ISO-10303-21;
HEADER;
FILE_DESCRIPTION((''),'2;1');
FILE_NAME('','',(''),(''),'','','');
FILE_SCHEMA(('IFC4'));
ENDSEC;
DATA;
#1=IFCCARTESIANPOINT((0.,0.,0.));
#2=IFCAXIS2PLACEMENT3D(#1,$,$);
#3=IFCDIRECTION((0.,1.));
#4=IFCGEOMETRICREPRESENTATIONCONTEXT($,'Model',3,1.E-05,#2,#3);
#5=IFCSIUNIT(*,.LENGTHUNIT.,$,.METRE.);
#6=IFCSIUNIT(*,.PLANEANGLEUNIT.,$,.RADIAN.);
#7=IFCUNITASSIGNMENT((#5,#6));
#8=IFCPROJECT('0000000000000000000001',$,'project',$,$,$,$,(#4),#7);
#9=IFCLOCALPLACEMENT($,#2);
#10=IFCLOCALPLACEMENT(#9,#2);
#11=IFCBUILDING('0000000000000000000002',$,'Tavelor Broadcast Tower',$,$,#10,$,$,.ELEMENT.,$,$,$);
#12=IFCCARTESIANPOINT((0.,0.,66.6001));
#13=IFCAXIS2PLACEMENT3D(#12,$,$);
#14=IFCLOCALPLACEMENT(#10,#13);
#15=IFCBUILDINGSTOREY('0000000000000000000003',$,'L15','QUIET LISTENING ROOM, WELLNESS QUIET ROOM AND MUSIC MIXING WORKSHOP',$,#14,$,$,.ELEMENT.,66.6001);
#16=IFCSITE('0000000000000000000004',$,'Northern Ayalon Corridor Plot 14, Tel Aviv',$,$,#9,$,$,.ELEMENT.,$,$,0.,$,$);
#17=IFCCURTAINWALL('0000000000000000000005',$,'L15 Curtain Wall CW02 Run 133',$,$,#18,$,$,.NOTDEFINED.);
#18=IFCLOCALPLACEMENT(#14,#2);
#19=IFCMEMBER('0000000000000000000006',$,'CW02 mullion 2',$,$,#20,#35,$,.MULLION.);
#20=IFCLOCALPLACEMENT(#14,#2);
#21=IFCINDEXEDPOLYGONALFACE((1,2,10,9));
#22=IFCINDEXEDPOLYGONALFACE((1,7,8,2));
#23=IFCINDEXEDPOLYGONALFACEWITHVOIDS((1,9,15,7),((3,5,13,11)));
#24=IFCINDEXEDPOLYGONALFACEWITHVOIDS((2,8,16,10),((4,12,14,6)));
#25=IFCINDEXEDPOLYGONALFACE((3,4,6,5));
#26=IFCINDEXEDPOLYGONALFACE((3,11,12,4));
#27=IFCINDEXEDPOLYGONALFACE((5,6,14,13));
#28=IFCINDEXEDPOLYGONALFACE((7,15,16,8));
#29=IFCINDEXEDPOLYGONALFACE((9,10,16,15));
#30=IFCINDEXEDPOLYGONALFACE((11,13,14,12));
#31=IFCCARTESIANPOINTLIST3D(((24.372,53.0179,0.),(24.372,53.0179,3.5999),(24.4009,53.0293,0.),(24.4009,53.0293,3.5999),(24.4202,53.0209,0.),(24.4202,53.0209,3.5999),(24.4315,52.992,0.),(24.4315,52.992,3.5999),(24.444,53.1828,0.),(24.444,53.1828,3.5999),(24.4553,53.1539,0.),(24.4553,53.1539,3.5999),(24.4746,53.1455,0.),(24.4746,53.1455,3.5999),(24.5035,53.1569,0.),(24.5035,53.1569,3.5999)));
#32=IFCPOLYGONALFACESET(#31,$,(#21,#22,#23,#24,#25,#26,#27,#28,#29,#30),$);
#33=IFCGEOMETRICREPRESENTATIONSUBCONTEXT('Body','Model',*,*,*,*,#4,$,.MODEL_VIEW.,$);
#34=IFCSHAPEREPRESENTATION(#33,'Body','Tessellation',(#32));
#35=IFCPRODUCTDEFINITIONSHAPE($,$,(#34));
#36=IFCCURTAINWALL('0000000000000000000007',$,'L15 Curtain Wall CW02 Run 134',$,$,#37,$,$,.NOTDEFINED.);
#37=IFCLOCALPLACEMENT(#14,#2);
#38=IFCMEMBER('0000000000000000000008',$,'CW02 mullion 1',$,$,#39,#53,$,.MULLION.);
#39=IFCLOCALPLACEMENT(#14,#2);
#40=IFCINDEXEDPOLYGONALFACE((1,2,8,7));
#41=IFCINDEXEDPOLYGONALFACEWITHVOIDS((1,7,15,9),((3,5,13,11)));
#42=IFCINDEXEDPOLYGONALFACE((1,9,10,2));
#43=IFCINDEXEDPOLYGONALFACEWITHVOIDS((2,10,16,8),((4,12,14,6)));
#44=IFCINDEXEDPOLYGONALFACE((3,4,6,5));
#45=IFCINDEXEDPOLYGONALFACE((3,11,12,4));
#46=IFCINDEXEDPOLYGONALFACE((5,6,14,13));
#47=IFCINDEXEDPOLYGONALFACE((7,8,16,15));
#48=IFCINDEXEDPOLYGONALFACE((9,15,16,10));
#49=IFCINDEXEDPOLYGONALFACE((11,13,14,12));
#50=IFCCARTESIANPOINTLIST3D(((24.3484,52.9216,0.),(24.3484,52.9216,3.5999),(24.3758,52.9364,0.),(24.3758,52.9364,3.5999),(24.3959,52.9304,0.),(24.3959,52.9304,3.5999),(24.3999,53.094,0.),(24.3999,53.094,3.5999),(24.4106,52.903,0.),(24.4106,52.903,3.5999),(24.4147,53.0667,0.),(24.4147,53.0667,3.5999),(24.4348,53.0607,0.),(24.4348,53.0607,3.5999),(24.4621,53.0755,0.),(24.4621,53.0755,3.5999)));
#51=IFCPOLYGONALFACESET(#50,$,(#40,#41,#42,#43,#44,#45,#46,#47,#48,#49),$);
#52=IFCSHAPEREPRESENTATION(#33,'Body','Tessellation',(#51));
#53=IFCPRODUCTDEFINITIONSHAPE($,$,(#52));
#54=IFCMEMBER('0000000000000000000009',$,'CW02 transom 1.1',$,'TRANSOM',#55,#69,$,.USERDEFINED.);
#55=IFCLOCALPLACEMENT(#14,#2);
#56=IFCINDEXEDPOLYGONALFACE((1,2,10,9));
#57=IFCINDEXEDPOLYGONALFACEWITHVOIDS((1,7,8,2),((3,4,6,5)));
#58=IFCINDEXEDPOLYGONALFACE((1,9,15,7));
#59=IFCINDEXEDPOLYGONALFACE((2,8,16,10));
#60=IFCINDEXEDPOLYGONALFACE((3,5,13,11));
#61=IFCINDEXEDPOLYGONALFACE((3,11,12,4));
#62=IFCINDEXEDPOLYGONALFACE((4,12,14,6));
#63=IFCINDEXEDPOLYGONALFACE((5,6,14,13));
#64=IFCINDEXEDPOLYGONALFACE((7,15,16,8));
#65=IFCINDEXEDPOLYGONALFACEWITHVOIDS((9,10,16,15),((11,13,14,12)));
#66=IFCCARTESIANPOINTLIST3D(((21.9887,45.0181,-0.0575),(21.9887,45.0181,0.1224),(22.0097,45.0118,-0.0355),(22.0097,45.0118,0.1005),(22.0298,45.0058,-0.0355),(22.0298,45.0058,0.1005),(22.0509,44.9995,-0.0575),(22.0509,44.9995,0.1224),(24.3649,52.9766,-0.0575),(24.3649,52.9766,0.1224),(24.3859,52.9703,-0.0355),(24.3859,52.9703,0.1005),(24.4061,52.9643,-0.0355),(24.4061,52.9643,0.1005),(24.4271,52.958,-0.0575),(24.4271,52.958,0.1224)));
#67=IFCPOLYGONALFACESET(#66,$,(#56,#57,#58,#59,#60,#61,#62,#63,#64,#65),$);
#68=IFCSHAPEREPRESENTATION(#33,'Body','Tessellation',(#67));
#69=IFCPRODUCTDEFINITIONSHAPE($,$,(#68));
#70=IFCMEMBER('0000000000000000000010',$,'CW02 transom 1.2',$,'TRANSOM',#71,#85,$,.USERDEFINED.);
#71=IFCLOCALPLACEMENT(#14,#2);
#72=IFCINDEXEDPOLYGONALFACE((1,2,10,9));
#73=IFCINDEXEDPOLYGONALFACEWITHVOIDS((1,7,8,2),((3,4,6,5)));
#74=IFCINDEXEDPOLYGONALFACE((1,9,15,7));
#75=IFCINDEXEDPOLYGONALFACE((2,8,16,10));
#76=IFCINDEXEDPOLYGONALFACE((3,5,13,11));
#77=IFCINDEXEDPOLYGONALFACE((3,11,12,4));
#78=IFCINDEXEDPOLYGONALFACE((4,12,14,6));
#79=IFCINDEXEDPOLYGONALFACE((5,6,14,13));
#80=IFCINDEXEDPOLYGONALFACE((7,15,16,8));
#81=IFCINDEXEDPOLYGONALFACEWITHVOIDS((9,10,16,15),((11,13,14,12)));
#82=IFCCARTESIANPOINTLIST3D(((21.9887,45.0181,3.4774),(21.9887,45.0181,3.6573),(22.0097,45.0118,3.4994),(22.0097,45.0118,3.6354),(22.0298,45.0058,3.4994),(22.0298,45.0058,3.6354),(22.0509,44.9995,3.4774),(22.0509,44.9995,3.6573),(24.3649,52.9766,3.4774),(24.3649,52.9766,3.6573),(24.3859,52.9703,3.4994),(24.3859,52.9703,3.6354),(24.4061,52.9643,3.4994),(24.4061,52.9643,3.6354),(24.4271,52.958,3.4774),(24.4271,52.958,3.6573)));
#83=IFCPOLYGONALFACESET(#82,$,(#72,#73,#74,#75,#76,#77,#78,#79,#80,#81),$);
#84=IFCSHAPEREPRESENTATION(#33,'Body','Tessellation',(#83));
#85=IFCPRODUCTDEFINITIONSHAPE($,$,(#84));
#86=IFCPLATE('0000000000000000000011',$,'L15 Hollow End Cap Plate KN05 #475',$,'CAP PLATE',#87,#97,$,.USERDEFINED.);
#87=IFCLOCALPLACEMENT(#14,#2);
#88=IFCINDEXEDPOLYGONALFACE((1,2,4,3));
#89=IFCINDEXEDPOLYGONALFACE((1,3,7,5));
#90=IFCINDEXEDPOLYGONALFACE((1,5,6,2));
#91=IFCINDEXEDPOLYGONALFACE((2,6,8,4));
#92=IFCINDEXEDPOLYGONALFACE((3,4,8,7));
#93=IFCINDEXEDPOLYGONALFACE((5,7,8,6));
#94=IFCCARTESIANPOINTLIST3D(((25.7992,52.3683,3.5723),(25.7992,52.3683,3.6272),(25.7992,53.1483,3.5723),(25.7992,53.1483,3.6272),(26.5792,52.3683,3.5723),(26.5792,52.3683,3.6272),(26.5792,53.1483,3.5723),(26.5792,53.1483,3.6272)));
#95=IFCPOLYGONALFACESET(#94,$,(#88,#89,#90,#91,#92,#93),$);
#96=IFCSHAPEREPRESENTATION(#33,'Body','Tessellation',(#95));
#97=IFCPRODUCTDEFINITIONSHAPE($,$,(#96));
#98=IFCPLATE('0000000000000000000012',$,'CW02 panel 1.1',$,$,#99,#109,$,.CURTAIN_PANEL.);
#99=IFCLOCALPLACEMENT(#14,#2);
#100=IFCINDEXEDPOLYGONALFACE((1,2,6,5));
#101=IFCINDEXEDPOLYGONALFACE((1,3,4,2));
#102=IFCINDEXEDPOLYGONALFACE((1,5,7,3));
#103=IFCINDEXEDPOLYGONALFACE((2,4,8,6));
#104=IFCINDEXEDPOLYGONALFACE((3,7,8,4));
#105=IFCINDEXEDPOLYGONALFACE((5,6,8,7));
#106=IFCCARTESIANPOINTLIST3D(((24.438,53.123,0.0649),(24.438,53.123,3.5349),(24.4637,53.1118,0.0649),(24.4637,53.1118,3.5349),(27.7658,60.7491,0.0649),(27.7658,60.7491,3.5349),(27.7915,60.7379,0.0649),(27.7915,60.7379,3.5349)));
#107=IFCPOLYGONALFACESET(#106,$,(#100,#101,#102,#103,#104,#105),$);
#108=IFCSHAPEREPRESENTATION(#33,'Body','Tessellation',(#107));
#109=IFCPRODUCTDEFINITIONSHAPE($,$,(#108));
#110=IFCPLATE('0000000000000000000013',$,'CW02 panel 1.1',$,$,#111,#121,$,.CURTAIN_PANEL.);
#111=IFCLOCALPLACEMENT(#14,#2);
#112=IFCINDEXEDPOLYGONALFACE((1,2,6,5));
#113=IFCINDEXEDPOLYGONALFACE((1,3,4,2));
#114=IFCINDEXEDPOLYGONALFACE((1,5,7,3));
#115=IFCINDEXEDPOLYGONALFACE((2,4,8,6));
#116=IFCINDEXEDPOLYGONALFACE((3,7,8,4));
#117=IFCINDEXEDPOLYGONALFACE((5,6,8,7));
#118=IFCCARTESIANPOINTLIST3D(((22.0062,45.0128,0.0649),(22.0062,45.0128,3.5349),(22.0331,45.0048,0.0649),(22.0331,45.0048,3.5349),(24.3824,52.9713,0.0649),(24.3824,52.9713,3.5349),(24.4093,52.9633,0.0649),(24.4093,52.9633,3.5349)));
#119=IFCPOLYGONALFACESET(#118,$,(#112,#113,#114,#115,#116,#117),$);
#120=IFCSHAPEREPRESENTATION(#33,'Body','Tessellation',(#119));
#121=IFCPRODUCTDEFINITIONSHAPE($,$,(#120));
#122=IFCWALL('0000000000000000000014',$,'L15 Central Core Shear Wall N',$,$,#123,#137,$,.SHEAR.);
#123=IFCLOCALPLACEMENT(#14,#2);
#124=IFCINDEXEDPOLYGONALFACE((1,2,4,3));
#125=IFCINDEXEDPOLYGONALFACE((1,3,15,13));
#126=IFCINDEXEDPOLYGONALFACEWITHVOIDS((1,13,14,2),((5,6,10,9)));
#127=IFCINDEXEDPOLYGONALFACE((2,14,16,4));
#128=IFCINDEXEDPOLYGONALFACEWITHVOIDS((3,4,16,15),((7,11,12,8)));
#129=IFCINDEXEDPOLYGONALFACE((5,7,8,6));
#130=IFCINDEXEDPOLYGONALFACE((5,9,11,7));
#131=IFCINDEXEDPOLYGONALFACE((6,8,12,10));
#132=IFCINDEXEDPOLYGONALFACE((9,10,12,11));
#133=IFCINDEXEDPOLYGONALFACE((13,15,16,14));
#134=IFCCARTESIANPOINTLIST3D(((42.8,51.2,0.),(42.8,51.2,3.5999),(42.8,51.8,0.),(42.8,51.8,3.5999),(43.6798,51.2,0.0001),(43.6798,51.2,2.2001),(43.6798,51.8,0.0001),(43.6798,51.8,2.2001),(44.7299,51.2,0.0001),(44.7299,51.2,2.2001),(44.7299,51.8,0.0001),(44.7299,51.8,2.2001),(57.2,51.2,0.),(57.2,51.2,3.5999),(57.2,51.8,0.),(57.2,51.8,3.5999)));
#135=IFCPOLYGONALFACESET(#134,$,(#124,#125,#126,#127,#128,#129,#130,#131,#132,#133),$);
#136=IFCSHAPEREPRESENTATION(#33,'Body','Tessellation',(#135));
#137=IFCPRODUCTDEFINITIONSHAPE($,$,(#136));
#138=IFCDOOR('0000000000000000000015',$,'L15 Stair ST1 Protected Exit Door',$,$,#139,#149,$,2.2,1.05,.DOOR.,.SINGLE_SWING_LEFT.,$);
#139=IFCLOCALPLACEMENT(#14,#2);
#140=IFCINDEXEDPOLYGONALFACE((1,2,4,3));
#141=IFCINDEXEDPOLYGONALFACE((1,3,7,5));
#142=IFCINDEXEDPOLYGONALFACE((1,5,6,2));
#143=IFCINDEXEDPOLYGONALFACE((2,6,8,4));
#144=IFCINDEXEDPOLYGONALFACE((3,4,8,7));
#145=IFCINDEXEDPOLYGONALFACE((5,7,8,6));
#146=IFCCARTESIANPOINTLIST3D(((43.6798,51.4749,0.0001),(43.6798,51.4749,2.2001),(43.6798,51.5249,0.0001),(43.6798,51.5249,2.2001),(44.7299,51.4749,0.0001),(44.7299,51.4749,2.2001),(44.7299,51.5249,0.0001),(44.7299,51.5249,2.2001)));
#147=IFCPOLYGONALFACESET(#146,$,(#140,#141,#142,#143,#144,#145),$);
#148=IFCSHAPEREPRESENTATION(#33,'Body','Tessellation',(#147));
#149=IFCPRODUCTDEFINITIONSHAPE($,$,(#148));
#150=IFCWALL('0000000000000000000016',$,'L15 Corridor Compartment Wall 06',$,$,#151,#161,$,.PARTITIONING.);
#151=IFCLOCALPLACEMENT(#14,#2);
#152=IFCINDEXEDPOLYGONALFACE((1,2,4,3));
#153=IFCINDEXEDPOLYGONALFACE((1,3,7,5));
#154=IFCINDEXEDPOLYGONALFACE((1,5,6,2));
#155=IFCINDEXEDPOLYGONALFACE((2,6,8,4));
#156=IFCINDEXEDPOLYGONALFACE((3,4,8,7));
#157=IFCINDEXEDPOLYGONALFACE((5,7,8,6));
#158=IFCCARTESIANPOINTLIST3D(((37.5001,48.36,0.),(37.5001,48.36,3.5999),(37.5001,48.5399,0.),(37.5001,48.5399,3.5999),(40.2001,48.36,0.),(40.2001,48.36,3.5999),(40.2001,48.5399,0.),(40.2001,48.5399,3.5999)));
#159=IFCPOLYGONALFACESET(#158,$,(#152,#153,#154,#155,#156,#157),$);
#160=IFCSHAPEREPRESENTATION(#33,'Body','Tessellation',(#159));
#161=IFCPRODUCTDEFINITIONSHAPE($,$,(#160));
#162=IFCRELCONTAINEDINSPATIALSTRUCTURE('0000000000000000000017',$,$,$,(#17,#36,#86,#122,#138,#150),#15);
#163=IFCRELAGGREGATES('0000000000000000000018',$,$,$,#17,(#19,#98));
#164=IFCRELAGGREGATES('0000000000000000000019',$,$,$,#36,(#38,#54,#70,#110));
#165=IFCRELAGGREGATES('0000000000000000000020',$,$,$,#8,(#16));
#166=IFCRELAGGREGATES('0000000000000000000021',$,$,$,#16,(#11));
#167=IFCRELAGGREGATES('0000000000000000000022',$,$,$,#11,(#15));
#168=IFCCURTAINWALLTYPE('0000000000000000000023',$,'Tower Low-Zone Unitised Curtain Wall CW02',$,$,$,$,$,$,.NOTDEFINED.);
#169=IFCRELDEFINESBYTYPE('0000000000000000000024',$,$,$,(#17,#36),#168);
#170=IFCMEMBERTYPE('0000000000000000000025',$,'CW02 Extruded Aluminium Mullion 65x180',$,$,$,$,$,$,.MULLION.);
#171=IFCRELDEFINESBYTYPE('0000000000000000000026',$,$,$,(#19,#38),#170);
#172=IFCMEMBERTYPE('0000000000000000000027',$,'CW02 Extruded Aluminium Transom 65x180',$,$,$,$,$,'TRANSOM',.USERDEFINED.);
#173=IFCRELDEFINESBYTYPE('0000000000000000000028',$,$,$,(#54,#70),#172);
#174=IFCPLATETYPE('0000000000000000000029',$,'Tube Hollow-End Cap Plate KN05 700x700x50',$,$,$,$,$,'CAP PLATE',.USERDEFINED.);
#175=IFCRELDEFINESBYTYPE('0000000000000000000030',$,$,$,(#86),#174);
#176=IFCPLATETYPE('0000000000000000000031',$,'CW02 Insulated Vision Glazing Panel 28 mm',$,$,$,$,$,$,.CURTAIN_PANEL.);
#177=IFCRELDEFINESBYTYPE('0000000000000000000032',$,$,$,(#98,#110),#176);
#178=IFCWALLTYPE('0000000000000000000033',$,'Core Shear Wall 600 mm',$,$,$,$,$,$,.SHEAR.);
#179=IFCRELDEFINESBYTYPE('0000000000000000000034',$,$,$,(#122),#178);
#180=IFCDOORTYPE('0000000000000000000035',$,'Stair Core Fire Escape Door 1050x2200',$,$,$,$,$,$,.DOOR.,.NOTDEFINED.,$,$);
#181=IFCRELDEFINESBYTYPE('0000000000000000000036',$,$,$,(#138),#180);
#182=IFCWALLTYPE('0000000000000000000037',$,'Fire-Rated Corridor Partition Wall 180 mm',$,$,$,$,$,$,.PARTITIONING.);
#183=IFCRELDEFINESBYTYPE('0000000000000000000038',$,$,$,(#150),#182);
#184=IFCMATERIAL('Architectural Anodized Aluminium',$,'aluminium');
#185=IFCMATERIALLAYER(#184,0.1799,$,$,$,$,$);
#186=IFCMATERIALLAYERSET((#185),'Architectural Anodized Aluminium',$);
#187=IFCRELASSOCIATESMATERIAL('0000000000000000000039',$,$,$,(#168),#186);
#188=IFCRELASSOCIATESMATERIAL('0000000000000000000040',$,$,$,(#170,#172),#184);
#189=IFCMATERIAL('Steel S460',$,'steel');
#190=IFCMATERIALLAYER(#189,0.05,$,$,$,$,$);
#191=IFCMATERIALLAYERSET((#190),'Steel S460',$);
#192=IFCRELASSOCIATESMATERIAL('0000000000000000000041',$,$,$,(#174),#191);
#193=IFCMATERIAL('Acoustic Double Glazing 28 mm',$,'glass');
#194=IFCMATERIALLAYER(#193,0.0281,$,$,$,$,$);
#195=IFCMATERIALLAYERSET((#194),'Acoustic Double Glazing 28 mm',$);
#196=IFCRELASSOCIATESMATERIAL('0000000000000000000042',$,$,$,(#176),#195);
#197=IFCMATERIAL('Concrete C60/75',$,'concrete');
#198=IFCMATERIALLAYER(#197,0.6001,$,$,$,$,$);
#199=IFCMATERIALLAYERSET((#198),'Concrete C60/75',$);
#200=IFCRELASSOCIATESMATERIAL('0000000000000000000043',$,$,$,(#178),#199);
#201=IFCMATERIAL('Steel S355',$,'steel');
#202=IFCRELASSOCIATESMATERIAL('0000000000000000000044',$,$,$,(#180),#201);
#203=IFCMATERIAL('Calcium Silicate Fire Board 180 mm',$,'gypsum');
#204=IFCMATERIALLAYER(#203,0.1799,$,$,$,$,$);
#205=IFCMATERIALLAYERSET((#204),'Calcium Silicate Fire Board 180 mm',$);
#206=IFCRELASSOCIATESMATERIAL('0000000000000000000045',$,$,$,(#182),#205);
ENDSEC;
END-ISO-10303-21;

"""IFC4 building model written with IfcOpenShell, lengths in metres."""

from ifc_helpers import new_model, si_unit, direction, frame, frame_2d, origin, origin_2d, place, context, subcontext, project, spatial, rectangle, hollow_rectangle, extrude, source, transform, mapped, material, layer, layer_set, material_profile, profile_set, type_object, type_shapes, element, fill, aggregate, save


model = new_model("IFC4")

# Units and contexts
model_context = context("Model", 3, precision=1e-05, world=origin(), true_north=direction((0.0, 1.0)))
body_context = subcontext(model_context, "Body", "Model", "MODEL_VIEW")
ifc_project = project(units=[si_unit("LENGTHUNIT", "METRE"), si_unit("PLANEANGLEUNIT", "RADIAN")], contexts=[model_context])

# Site, building, storey
site_placement = place(None, origin())
site = spatial("IfcSite", under=ifc_project, at=site_placement, Name="Northern Ayalon Corridor Plot 14, Tel Aviv", CompositionType="ELEMENT", RefElevation=0.0)
building_placement = place(site_placement, origin())
building = spatial("IfcBuilding", under=site, at=building_placement, Name="Tavelor Broadcast Tower", CompositionType="ELEMENT")
storey_placement = place(building_placement, frame((0.0, 0.0, 66.6001)))
storey = spatial("IfcBuildingStorey", under=building, at=storey_placement, Name="L15", Description="QUIET LISTENING ROOM, WELLNESS QUIET ROOM AND MUSIC MIXING WORKSHOP", CompositionType="ELEMENT", Elevation=66.6001)

# Shared definitions
ifc_material_1 = material(Name="Concrete C60/75", Category="concrete")
ifc_material_2 = material(Name="Steel S460", Category="steel")

# Shared definitions
ifc_material_3 = material(Name="Steel S355", Category="steel")

# Curtain wall, member
ifc_material_4 = material(Name="Architectural Anodized Aluminium", Category="aluminium")
ifc_layer_1 = layer(ifc_material_4, 0.1799)
ifc_layer_set_1 = layer_set([ifc_layer_1], Name="Architectural Anodized Aluminium")
curtain_wall_type = type_object("IfcCurtainWallType", Name="Tower Low-Zone Unitised Curtain Wall CW02", PredefinedType="NOTDEFINED", material=ifc_layer_set_1)
curtain_wall_1_placement = place(storey_placement, origin())
curtain_wall_1 = element("IfcCurtainWall", 1, at=curtain_wall_1_placement, inside=storey, type_object=curtain_wall_type, Name="L15 Curtain Wall CW02 Run 133", PredefinedType="NOTDEFINED")
ifc_material_profile_1 = material_profile(ifc_material_4, hollow_rectangle(XDim=0.0649, YDim=0.1799, WallThickness=0.022, at=origin_2d()), Name="RHS 65x180x22")
ifc_profile_set_1 = profile_set([ifc_material_profile_1], Name="Architectural Anodized Aluminium")
member_type_1 = type_object("IfcMemberType", Name="CW02 Extruded Aluminium Mullion 65x180", PredefinedType="MULLION", material=ifc_profile_set_1)
shared_shape_1 = source(origin(), body_context, "Body", "SweptSolid", [
    extrude(hollow_rectangle(XDim=0.0649, YDim=0.1799, WallThickness=0.022, at=origin_2d()), origin(), (0.0, 0.0, 1.0), 3.5999),
])
type_shapes(member_type_1, [shared_shape_1])
member_1_placement = place(storey_placement, frame((24.4377, 53.0874, 0.0), z_axis=(0.0, 0.0, 1.0), x_axis=(0.916538, -0.399948, 0.0)))
member_1 = element("IfcMember", 2, at=member_1_placement, type_object=member_type_1, Name="CW02 mullion 2", PredefinedType="MULLION", context=body_context, shape_type="MappedRepresentation", body=[
    mapped(shared_shape_1, transform((0.0, 0.0, 0.0), scale=1.0)),
])

# Curtain wall, members
curtain_wall_2_placement = place(storey_placement, origin())
curtain_wall_2 = element("IfcCurtainWall", 3, at=curtain_wall_2_placement, inside=storey, type_object=curtain_wall_type, Name="L15 Curtain Wall CW02 Run 134", PredefinedType="NOTDEFINED")
member_2_placement = place(storey_placement, frame((24.4053, 52.9985, 0.0), z_axis=(0.0, 0.0, 1.0), x_axis=(0.958201, -0.286097, 0.0)))
member_2 = element("IfcMember", 4, at=member_2_placement, type_object=member_type_1, Name="CW02 mullion 1", PredefinedType="MULLION", context=body_context, shape_type="MappedRepresentation", body=[
    mapped(shared_shape_1, transform((0.0, 0.0, 0.0), scale=1.0)),
])
ifc_material_profile_2 = material_profile(ifc_material_4, hollow_rectangle(XDim=0.0649, YDim=0.1799, WallThickness=0.022, at=origin_2d()), Name="RHS 65x180x22")
ifc_profile_set_2 = profile_set([ifc_material_profile_2], Name="Architectural Anodized Aluminium")
member_type_2 = type_object("IfcMemberType", Name="CW02 Extruded Aluminium Transom 65x180", ElementType="TRANSOM", PredefinedType="USERDEFINED", material=ifc_profile_set_2)
shared_shape_2 = source(origin(), body_context, "Body", "SweptSolid", [
    extrude(hollow_rectangle(XDim=0.0649, YDim=0.1799, WallThickness=0.022, at=origin_2d()), origin(), (0.0, 0.0, 1.0), 8.3057),
])
type_shapes(member_type_2, [shared_shape_2])
member_3_placement = place(storey_placement, frame((24.396, 52.9673, 0.0325), z_axis=(-0.286096, -0.958201, 0.0), x_axis=(0.958201, -0.286096, 0.0)))
member_3 = element("IfcMember", 5, at=member_3_placement, type_object=member_type_2, Name="CW02 transom 1.1", ObjectType="TRANSOM", PredefinedType="USERDEFINED", context=body_context, shape_type="MappedRepresentation", body=[
    mapped(shared_shape_2, transform((0.0, 0.0, 0.0), scale=1.0)),
])
member_4_placement = place(storey_placement, frame((24.396, 52.9673, 3.5674), z_axis=(-0.286096, -0.958201, 0.0), x_axis=(0.958201, -0.286096, 0.0)))
member_4 = element("IfcMember", 6, at=member_4_placement, type_object=member_type_2, Name="CW02 transom 1.2", ObjectType="TRANSOM", PredefinedType="USERDEFINED", context=body_context, shape_type="MappedRepresentation", body=[
    mapped(shared_shape_2, transform((0.0, 0.0, 0.0), scale=1.0)),
])

# Plates
ifc_layer_2 = layer(ifc_material_2, 0.05)
ifc_layer_set_2 = layer_set([ifc_layer_2], Name="Steel S460")
plate_type_1 = type_object("IfcPlateType", Name="Tube Hollow-End Cap Plate KN05 700x700x50", ElementType="CAP PLATE", PredefinedType="USERDEFINED", material=ifc_layer_set_2)
shared_shape_3 = source(origin(), body_context, "Body", "SweptSolid", [
    extrude(rectangle(XDim=0.78, YDim=0.78, at=origin_2d()), origin(), (0.0, 0.0, 1.0), 0.0549),
])
type_shapes(plate_type_1, [shared_shape_3])
plate_1_placement = place(storey_placement, frame((26.1892, 52.7583, 3.5723), z_axis=(0.0, 0.0, 1.0), x_axis=(1.0, 0.0, 0.0)))
element("IfcPlate", 7, at=plate_1_placement, inside=storey, type_object=plate_type_1, Name="L15 Hollow End Cap Plate KN05 #475", ObjectType="CAP PLATE", PredefinedType="USERDEFINED", context=body_context, shape_type="MappedRepresentation", body=[
    mapped(shared_shape_3, transform((0.0, 0.0, 0.0), scale=1.0)),
])
ifc_material_5 = material(Name="Acoustic Double Glazing 28 mm", Category="glass")
ifc_layer_3 = layer(ifc_material_5, 0.0281)
ifc_layer_set_3 = layer_set([ifc_layer_3], Name="Acoustic Double Glazing 28 mm")
plate_type_2 = type_object("IfcPlateType", Name="CW02 Insulated Vision Glazing Panel 28 mm", PredefinedType="CURTAIN_PANEL", material=ifc_layer_set_3)
shared_shape_4 = source(origin(), body_context, "Body", "SweptSolid", [
    extrude(rectangle(XDim=8.3206, YDim=0.0281, at=origin_2d()), origin(), (0.0, 0.0, 1.0), 3.47),
])
plate_2_placement = place(storey_placement, frame((26.1147, 56.9304, 0.0649), z_axis=(0.0, 0.0, 1.0), x_axis=(-0.399948, -0.916538, 0.0)))
plate_2 = element("IfcPlate", 8, at=plate_2_placement, type_object=plate_type_2, Name="CW02 panel 1.1", PredefinedType="CURTAIN_PANEL", context=body_context, shape_type="MappedRepresentation", body=[
    mapped(shared_shape_4, transform((0.0, 0.0, 0.0), scale=1.0)),
])
aggregate(curtain_wall_1, [member_1, plate_2])
shared_shape_5 = source(origin(), body_context, "Body", "SweptSolid", [
    extrude(rectangle(XDim=8.3057, YDim=0.0281, at=origin_2d()), origin(), (0.0, 0.0, 1.0), 3.47),
])
type_shapes(plate_type_2, [shared_shape_4, shared_shape_5])
plate_3_placement = place(storey_placement, frame((23.2078, 48.988, 0.0649), z_axis=(0.0, 0.0, 1.0), x_axis=(-0.286097, -0.958201, 0.0)))
plate_3 = element("IfcPlate", 9, at=plate_3_placement, type_object=plate_type_2, Name="CW02 panel 1.1", PredefinedType="CURTAIN_PANEL", context=body_context, shape_type="MappedRepresentation", body=[
    mapped(shared_shape_5, transform((0.0, 0.0, 0.0), scale=1.0)),
])
aggregate(curtain_wall_2, [member_2, member_3, member_4, plate_3])

# Wall, opening, door
ifc_layer_4 = layer(ifc_material_1, 0.6001)
ifc_layer_set_4 = layer_set([ifc_layer_4], Name="Concrete C60/75")
wall_type_1 = type_object("IfcWallType", Name="Core Shear Wall 600 mm", PredefinedType="SHEAR", material=ifc_layer_set_4)
wall_1_placement = place(storey_placement, frame((42.8, 51.5, 0.0), z_axis=(0.0, 0.0, 1.0), x_axis=(1.0, 0.0, 0.0)))
wall_1 = element("IfcWall", 10, at=wall_1_placement, inside=storey, type_object=wall_type_1, Name="L15 Central Core Shear Wall N", PredefinedType="SHEAR", context=body_context, shape_type="SweptSolid", body=[
    extrude(rectangle(XDim=14.3999, YDim=0.6001, at=frame_2d((7.2, 0.0))), origin(), (0.0, 0.0, 1.0), 3.5999),
])
opening_1_placement = place(wall_1_placement, frame((0.8799, 0.0, 0.0)))
opening_1 = element("IfcOpeningElement", 11, at=opening_1_placement, cuts=wall_1, PredefinedType="OPENING", context=body_context, shape_type="SweptSolid", body=[
    extrude(rectangle(XDim=1.05, YDim=2.2, at=frame_2d((0.5249, 1.1001))), frame((0.0, 0.3101, 0.0), z_axis=(0.0, -1.0, 0.0), x_axis=(1.0, 0.0, 0.0)), (0.0, 0.0, 1.0), 0.6201),
])
door_type_1 = type_object("IfcDoorType", Name="Stair Core Fire Escape Door 1050x2200", OperationType="NOTDEFINED", PredefinedType="DOOR", material=ifc_material_3)
door_1_placement = place(opening_1_placement, origin())
door_1 = element("IfcDoor", 12, at=door_1_placement, inside=storey, type_object=door_type_1, Name="L15 Stair ST1 Protected Exit Door", OperationType="SINGLE_SWING_LEFT", OverallHeight=2.2, OverallWidth=1.05, PredefinedType="DOOR", context=body_context, shape_type="SweptSolid", body=[
    extrude(rectangle(XDim=1.05, YDim=2.2, at=frame_2d((0.5249, 1.1001))), frame((0.0, 0.0249, 0.0), z_axis=(0.0, -1.0, 0.0), x_axis=(1.0, 0.0, 0.0)), (0.0, 0.0, 1.0), 0.05),
])
fill(opening_1, door_1)

# Wall
ifc_material_6 = material(Name="Calcium Silicate Fire Board 180 mm", Category="gypsum")
ifc_layer_5 = layer(ifc_material_6, 0.1799)
ifc_layer_set_5 = layer_set([ifc_layer_5], Name="Calcium Silicate Fire Board 180 mm")
wall_type_2 = type_object("IfcWallType", Name="Fire-Rated Corridor Partition Wall 180 mm", PredefinedType="PARTITIONING", material=ifc_layer_set_5)
wall_2_placement = place(storey_placement, frame((37.5, 48.45, 0.0), z_axis=(0.0, 0.0, 1.0), x_axis=(1.0, 0.0, 0.0)))
element("IfcWall", 13, at=wall_2_placement, inside=storey, type_object=wall_type_2, Name="L15 Corridor Compartment Wall 06", PredefinedType="PARTITIONING", context=body_context, shape_type="SweptSolid", body=[
    extrude(rectangle(XDim=2.7, YDim=0.1799, at=frame_2d((1.3501, 0.0))), origin(), (0.0, 0.0, 1.0), 3.5999),
])

save(model, "model.ifc")
